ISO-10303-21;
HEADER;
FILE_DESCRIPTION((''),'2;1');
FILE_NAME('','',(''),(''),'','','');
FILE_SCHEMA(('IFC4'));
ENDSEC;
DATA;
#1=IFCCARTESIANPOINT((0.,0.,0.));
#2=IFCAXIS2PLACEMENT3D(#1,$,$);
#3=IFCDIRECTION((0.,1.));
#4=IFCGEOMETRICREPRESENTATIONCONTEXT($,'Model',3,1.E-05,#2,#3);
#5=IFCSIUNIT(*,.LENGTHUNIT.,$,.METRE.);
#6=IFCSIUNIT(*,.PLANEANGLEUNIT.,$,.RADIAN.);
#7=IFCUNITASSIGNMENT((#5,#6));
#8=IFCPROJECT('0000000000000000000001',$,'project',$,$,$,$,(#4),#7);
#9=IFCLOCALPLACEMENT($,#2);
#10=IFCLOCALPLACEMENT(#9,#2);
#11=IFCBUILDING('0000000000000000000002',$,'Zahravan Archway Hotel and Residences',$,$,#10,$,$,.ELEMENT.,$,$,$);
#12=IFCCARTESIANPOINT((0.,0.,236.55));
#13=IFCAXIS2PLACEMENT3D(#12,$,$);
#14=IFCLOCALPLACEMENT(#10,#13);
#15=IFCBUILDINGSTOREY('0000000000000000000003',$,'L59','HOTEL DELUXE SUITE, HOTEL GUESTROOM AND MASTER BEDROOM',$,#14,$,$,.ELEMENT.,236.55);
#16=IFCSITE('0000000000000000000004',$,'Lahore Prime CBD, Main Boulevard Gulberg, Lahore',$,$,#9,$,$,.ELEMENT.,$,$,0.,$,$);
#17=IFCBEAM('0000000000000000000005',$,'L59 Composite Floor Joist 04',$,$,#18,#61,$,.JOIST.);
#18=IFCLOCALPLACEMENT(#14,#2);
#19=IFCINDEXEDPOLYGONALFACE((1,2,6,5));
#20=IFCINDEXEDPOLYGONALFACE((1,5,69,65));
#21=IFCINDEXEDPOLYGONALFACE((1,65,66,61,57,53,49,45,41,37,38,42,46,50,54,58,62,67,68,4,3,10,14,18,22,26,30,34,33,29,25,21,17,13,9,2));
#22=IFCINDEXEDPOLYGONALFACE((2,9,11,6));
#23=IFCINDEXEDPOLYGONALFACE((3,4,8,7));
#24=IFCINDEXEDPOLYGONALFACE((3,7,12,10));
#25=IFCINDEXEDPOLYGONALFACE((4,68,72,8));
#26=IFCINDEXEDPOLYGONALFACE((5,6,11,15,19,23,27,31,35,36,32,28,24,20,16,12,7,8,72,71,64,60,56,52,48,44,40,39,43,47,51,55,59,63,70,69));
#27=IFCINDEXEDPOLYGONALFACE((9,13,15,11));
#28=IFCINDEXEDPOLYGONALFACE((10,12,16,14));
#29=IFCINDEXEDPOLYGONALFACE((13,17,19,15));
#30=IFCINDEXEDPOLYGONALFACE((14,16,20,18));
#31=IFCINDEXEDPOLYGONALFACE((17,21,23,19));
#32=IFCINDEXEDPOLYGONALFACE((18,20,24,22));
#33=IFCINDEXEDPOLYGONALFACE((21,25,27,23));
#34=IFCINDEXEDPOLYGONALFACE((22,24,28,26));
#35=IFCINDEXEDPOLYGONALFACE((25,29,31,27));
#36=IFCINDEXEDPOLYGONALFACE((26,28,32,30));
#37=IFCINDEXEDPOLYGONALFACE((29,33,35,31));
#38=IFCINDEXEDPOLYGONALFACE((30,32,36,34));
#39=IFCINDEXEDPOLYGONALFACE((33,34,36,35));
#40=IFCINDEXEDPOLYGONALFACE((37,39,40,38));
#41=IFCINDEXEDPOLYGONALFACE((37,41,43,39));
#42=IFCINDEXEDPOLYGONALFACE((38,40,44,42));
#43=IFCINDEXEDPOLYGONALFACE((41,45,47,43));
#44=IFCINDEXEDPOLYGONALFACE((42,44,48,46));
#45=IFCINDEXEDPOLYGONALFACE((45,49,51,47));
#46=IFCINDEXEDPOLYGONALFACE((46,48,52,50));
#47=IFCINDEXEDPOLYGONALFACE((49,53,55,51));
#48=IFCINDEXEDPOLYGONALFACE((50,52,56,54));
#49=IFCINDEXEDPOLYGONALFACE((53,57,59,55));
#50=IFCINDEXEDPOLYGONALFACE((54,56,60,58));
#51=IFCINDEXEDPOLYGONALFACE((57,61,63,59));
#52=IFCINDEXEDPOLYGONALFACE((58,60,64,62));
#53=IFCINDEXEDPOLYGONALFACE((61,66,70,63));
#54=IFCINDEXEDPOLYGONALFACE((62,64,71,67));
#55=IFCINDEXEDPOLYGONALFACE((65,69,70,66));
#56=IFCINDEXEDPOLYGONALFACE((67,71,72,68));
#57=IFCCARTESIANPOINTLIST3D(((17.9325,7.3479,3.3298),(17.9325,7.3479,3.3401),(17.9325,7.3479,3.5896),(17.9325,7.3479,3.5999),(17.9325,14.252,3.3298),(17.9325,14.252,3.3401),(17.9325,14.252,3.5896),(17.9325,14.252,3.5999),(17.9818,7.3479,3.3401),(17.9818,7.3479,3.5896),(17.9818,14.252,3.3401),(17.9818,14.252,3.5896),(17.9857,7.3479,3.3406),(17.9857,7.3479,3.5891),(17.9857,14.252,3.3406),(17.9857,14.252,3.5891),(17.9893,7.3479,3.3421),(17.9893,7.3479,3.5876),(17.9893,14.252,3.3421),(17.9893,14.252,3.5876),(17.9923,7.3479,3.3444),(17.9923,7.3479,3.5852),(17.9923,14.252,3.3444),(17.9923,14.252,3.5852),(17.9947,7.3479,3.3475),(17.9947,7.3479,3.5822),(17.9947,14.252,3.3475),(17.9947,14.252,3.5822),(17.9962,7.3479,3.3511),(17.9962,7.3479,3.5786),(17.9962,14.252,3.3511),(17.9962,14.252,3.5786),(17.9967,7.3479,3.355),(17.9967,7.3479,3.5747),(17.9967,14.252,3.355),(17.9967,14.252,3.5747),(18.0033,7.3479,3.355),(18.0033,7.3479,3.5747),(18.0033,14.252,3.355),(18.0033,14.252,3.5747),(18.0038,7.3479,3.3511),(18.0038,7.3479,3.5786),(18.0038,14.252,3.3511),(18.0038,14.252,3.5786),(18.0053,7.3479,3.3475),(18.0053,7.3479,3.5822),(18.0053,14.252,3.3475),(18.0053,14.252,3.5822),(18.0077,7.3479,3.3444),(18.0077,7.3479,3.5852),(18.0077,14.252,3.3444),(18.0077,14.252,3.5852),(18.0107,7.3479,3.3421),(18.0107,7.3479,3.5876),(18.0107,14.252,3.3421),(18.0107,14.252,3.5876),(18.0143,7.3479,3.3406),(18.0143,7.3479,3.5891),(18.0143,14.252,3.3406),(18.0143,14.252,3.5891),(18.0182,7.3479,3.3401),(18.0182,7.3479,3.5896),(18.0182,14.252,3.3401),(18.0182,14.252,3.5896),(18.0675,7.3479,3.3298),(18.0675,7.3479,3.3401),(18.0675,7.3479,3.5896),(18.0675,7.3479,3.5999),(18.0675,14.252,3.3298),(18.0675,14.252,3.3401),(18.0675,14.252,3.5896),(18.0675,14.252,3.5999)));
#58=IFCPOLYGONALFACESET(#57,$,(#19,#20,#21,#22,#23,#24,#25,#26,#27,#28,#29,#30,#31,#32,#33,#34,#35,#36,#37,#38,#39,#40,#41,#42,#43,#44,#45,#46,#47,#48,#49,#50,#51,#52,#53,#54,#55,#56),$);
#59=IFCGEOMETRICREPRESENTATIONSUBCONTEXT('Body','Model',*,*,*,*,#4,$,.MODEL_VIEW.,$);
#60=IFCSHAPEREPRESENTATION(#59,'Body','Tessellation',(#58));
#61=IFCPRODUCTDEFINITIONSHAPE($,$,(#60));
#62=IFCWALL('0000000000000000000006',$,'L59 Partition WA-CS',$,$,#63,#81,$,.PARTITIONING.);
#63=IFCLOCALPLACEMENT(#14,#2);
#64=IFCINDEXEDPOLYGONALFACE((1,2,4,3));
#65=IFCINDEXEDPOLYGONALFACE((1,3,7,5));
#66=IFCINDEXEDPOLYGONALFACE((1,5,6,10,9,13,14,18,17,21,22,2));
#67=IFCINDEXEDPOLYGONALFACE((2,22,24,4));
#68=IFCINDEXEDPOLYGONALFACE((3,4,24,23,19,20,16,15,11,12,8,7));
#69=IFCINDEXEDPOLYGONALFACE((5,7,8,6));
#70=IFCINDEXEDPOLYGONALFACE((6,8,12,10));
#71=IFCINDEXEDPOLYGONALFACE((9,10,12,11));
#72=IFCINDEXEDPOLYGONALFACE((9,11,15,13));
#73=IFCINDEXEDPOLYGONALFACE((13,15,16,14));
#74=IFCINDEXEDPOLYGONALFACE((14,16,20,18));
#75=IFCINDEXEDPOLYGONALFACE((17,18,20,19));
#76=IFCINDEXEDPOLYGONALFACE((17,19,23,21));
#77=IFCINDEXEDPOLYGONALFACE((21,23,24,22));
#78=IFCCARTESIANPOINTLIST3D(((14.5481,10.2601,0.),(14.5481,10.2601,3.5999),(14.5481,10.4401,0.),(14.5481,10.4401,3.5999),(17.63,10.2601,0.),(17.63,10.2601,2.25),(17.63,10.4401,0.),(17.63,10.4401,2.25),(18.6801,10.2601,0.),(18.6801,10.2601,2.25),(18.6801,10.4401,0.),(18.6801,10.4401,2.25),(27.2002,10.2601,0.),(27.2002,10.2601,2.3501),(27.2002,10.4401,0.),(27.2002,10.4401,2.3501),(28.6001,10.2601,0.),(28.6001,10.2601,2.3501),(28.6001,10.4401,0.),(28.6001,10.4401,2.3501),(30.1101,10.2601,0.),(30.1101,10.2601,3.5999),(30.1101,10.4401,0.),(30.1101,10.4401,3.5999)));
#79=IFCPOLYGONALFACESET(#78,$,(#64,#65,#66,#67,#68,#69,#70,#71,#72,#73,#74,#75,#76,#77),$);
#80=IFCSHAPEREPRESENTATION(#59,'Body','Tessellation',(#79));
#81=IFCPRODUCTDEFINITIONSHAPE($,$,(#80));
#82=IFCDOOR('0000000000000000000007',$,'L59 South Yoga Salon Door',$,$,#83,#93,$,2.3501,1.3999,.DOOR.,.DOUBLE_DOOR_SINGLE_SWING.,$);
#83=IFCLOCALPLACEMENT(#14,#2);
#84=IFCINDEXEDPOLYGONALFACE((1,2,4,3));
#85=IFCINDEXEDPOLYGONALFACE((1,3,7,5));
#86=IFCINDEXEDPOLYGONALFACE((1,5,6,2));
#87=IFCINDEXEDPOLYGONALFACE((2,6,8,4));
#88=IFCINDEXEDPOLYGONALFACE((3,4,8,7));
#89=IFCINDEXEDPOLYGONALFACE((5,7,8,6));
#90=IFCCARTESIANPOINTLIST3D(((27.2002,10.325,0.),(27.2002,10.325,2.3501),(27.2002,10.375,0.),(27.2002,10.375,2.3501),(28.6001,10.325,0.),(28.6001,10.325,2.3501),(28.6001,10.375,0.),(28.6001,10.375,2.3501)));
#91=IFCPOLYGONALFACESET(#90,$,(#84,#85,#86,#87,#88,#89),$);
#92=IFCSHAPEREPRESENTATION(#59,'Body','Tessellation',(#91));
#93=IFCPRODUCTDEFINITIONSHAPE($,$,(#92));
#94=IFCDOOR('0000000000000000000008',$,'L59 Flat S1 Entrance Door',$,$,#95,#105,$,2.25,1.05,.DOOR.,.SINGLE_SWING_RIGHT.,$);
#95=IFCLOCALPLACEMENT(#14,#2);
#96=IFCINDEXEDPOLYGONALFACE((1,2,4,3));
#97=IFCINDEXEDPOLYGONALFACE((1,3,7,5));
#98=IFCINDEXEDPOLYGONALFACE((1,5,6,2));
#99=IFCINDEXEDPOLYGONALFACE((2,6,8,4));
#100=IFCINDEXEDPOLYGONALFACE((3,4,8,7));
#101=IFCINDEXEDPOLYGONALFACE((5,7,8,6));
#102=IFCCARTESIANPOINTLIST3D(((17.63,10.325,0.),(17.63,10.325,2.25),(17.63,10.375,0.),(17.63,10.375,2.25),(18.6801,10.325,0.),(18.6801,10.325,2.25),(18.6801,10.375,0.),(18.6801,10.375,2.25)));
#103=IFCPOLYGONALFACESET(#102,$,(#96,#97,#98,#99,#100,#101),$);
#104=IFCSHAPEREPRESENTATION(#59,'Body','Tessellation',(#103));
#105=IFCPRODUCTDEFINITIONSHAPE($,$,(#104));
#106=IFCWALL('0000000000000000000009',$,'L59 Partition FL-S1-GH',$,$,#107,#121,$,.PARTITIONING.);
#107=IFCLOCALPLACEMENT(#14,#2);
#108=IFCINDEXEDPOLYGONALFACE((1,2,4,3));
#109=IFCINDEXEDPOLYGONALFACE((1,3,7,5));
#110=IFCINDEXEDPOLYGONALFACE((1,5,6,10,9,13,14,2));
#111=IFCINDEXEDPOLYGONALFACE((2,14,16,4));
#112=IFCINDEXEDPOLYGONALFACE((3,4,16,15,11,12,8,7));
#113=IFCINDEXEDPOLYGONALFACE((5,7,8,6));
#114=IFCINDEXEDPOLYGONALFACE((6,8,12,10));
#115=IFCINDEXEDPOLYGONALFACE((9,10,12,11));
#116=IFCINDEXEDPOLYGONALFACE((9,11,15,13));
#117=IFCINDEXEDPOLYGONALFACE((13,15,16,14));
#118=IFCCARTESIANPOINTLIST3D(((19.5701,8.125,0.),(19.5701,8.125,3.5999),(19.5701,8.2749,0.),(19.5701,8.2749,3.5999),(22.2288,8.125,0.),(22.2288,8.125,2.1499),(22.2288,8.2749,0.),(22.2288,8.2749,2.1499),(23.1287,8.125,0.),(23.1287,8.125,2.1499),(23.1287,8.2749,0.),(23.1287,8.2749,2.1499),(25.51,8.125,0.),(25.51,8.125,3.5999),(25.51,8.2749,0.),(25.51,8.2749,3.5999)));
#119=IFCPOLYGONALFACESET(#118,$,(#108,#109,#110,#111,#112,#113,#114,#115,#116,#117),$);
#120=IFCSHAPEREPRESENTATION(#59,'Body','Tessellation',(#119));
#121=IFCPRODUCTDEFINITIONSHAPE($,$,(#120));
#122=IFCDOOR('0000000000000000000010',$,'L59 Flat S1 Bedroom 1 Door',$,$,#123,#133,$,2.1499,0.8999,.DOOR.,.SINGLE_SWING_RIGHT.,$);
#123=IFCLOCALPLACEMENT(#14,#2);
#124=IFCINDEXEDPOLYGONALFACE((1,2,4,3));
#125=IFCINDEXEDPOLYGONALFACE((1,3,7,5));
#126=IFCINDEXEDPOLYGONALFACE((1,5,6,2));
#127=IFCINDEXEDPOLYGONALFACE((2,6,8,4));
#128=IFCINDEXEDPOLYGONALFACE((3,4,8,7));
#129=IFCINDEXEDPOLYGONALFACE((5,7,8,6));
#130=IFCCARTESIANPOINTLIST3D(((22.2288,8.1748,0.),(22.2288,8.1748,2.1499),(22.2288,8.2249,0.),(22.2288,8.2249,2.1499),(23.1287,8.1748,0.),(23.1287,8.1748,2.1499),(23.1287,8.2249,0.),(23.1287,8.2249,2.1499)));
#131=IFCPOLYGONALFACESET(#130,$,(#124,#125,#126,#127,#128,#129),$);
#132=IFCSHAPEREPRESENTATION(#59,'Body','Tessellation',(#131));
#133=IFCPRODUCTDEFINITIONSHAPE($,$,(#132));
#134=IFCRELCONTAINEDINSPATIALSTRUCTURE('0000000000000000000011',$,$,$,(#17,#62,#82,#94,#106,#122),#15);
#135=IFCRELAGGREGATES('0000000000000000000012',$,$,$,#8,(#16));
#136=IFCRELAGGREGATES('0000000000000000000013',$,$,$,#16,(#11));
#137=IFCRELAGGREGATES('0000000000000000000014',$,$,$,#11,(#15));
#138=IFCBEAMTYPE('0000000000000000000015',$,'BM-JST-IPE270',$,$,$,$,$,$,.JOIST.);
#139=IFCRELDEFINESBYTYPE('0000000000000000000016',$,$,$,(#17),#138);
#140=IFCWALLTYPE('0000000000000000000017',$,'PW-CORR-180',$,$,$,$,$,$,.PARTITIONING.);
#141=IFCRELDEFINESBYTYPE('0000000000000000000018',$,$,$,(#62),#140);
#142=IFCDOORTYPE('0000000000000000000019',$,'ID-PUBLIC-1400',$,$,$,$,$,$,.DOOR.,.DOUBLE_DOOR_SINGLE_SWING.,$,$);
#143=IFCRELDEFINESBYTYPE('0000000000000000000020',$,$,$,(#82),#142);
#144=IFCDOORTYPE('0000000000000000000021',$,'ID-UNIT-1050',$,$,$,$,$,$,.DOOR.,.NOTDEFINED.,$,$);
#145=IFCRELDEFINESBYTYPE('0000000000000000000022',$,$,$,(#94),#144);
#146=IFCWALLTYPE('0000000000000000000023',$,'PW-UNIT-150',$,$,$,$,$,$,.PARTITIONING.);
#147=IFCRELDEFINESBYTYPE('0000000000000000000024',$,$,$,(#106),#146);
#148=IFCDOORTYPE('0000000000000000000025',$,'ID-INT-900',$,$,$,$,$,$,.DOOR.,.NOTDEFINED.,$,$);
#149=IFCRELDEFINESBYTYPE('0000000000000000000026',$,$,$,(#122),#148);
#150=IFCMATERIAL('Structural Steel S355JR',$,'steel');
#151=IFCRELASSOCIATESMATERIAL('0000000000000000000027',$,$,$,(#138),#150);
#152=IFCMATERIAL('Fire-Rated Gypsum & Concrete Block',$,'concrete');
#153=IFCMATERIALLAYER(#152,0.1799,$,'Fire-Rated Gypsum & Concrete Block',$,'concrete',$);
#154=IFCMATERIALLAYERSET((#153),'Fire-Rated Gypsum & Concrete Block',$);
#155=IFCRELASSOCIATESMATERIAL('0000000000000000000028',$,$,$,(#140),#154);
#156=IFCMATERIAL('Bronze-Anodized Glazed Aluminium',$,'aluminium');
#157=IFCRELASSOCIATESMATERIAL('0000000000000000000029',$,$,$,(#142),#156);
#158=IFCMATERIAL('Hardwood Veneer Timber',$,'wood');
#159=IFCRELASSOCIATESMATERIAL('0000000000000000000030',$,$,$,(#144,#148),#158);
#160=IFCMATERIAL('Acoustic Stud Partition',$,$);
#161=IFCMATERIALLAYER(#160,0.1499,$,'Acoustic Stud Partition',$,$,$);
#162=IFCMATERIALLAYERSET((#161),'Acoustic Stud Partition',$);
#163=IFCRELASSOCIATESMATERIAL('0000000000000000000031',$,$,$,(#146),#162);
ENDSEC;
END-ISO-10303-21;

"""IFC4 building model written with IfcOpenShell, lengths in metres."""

from ifc_helpers import new_model, si_unit, direction, frame, frame_2d, origin, origin_2d, place, context, subcontext, project, spatial, rectangle, i_section, extrude, source, transform, mapped, material, layer, layer_set, material_profile, profile_set, type_object, type_shapes, element, fill, save


model = new_model("IFC4")

# Units and contexts
model_context = context("Model", 3, precision=1e-05, world=origin(), true_north=direction((0.0, 1.0)))
body_context = subcontext(model_context, "Body", "Model", "MODEL_VIEW")
ifc_project = project(units=[si_unit("LENGTHUNIT", "METRE"), si_unit("PLANEANGLEUNIT", "RADIAN")], contexts=[model_context])

# Site, building, storey
site_placement = place(None, origin())
site = spatial("IfcSite", under=ifc_project, at=site_placement, Name="Lahore Prime CBD, Main Boulevard Gulberg, Lahore", CompositionType="ELEMENT", RefElevation=0.0)
building_placement = place(site_placement, origin())
building = spatial("IfcBuilding", under=site, at=building_placement, Name="Zahravan Archway Hotel and Residences", CompositionType="ELEMENT")
storey_placement = place(building_placement, frame((0.0, 0.0, 236.55)))
storey = spatial("IfcBuildingStorey", under=building, at=storey_placement, Name="L59", Description="HOTEL DELUXE SUITE, HOTEL GUESTROOM AND MASTER BEDROOM", CompositionType="ELEMENT", Elevation=236.55)

# Beam
ifc_material_1 = material(Name="Structural Steel S355JR", Category="steel")
ifc_material_profile_1 = material_profile(ifc_material_1, i_section(OverallWidth=0.135, OverallDepth=0.27, WebThickness=0.0066, FlangeThickness=0.0103, FilletRadius=0.0149, at=origin_2d()), Name="IPE 270", Category="steel")
ifc_profile_set_1 = profile_set([ifc_material_profile_1], Name="Structural Steel S355JR")
beam_type_1 = type_object("IfcBeamType", Name="BM-JST-IPE270", PredefinedType="JOIST", material=ifc_profile_set_1)
shared_shape_1 = source(origin(), body_context, "Body", "SweptSolid", [
    extrude(i_section(OverallWidth=0.135, OverallDepth=0.27, WebThickness=0.0066, FlangeThickness=0.0103, FilletRadius=0.0149, at=origin_2d()), origin(), (0.0, 0.0, 1.0), 6.9041),
])
type_shapes(beam_type_1, [shared_shape_1])
beam_1_placement = place(storey_placement, frame((18.0, 7.3479, 3.4648), z_axis=(0.0, 1.0, 0.0), x_axis=(-1.0, 0.0, 0.0)))
element("IfcBeam", 1, at=beam_1_placement, inside=storey, type_object=beam_type_1, Name="L59 Composite Floor Joist 04", PredefinedType="JOIST", context=body_context, shape_type="MappedRepresentation", body=[
    mapped(shared_shape_1, transform((0.0, 0.0, 0.0), scale=1.0)),
])

# Wall, openings, doors
ifc_material_2 = material(Name="Fire-Rated Gypsum & Concrete Block", Category="concrete")
ifc_layer_1 = layer(ifc_material_2, 0.1799, Name="Fire-Rated Gypsum & Concrete Block", Category="concrete")
ifc_layer_set_1 = layer_set([ifc_layer_1], Name="Fire-Rated Gypsum & Concrete Block")
wall_type_1 = type_object("IfcWallType", Name="PW-CORR-180", PredefinedType="PARTITIONING", material=ifc_layer_set_1)
wall_1_placement = place(storey_placement, frame((14.5481, 10.3501, 0.0), z_axis=(0.0, 0.0, 1.0), x_axis=(1.0, 0.0, 0.0)))
wall_1 = element("IfcWall", 2, at=wall_1_placement, inside=storey, type_object=wall_type_1, Name="L59 Partition WA-CS", PredefinedType="PARTITIONING", context=body_context, shape_type="SweptSolid", body=[
    extrude(rectangle(XDim=15.562, YDim=0.1799, at=frame_2d((7.781, 0.0))), origin(), (0.0, 0.0, 1.0), 3.5999),
])
opening_1_placement = place(wall_1_placement, frame((3.082, 0.0, 0.0)))
opening_1 = element("IfcOpeningElement", 3, at=opening_1_placement, cuts=wall_1, PredefinedType="OPENING", context=body_context, shape_type="SweptSolid", body=[
    extrude(rectangle(XDim=1.05, YDim=2.25, at=frame_2d((0.5249, 1.125))), frame((0.0, 0.1001, 0.0), z_axis=(0.0, -1.0, 0.0), x_axis=(1.0, 0.0, 0.0)), (0.0, 0.0, 1.0), 0.2),
])
opening_2_placement = place(wall_1_placement, frame((12.6521, 0.0, 0.0)))
opening_2 = element("IfcOpeningElement", 4, at=opening_2_placement, cuts=wall_1, PredefinedType="OPENING", context=body_context, shape_type="SweptSolid", body=[
    extrude(rectangle(XDim=1.3999, YDim=2.3501, at=frame_2d((0.7, 1.175))), frame((0.0, 0.1001, 0.0), z_axis=(0.0, -1.0, 0.0), x_axis=(1.0, 0.0, 0.0)), (0.0, 0.0, 1.0), 0.2),
])
ifc_material_3 = material(Name="Bronze-Anodized Glazed Aluminium", Category="aluminium")
door_type_1 = type_object("IfcDoorType", Name="ID-PUBLIC-1400", OperationType="DOUBLE_DOOR_SINGLE_SWING", PredefinedType="DOOR", material=ifc_material_3)
shared_shape_2 = source(origin(), body_context, "Body", "SweptSolid", [
    extrude(rectangle(XDim=1.3999, YDim=2.3501, at=frame_2d((0.7, 1.175))), frame((0.0, 0.0249, 0.0), z_axis=(0.0, -1.0, 0.0), x_axis=(1.0, 0.0, 0.0)), (0.0, 0.0, 1.0), 0.05),
])
type_shapes(door_type_1, [shared_shape_2])
door_1_placement = place(opening_2_placement, origin())
door_1 = element("IfcDoor", 5, at=door_1_placement, inside=storey, type_object=door_type_1, Name="L59 South Yoga Salon Door", OperationType="DOUBLE_DOOR_SINGLE_SWING", OverallHeight=2.3501, OverallWidth=1.3999, PredefinedType="DOOR", context=body_context, shape_type="MappedRepresentation", body=[
    mapped(shared_shape_2, transform((0.0, 0.0, 0.0), scale=1.0)),
])
fill(opening_2, door_1)
ifc_material_4 = material(Name="Hardwood Veneer Timber", Category="wood")
door_type_2 = type_object("IfcDoorType", Name="ID-UNIT-1050", OperationType="NOTDEFINED", PredefinedType="DOOR", material=ifc_material_4)
shared_shape_3 = source(origin(), body_context, "Body", "SweptSolid", [
    extrude(rectangle(XDim=1.05, YDim=2.25, at=frame_2d((0.5249, 1.125))), frame((0.0, 0.0249, 0.0), z_axis=(0.0, -1.0, 0.0), x_axis=(1.0, 0.0, 0.0)), (0.0, 0.0, 1.0), 0.05),
])
type_shapes(door_type_2, [shared_shape_3])
door_2_placement = place(opening_1_placement, origin())
door_2 = element("IfcDoor", 6, at=door_2_placement, inside=storey, type_object=door_type_2, Name="L59 Flat S1 Entrance Door", OperationType="SINGLE_SWING_RIGHT", OverallHeight=2.25, OverallWidth=1.05, PredefinedType="DOOR", context=body_context, shape_type="MappedRepresentation", body=[
    mapped(shared_shape_3, transform((0.0, 0.0, 0.0), scale=1.0)),
])
fill(opening_1, door_2)

# Wall, opening, door
ifc_material_5 = material(Name="Acoustic Stud Partition")
ifc_layer_2 = layer(ifc_material_5, 0.1499, Name="Acoustic Stud Partition")
ifc_layer_set_2 = layer_set([ifc_layer_2], Name="Acoustic Stud Partition")
wall_type_2 = type_object("IfcWallType", Name="PW-UNIT-150", PredefinedType="PARTITIONING", material=ifc_layer_set_2)
wall_2_placement = place(storey_placement, frame((19.5701, 8.2, 0.0), z_axis=(0.0, 0.0, 1.0), x_axis=(1.0, 0.0, 0.0)))
wall_2 = element("IfcWall", 7, at=wall_2_placement, inside=storey, type_object=wall_type_2, Name="L59 Partition FL-S1-GH", PredefinedType="PARTITIONING", context=body_context, shape_type="SweptSolid", body=[
    extrude(rectangle(XDim=5.9399, YDim=0.1499, at=frame_2d((2.97, 0.0))), origin(), (0.0, 0.0, 1.0), 3.5999),
])
opening_3_placement = place(wall_2_placement, frame((2.6587, 0.0, 0.0)))
opening_3 = element("IfcOpeningElement", 8, at=opening_3_placement, cuts=wall_2, PredefinedType="OPENING", context=body_context, shape_type="SweptSolid", body=[
    extrude(rectangle(XDim=0.8999, YDim=2.1499, at=frame_2d((0.45, 1.075))), frame((0.0, 0.085, 0.0), z_axis=(0.0, -1.0, 0.0), x_axis=(1.0, 0.0, 0.0)), (0.0, 0.0, 1.0), 0.1699),
])
door_type_3 = type_object("IfcDoorType", Name="ID-INT-900", OperationType="NOTDEFINED", PredefinedType="DOOR", material=ifc_material_4)
shared_shape_4 = source(origin(), body_context, "Body", "SweptSolid", [
    extrude(rectangle(XDim=0.8999, YDim=2.1499, at=frame_2d((0.45, 1.075))), frame((0.0, 0.0249, 0.0), z_axis=(0.0, -1.0, 0.0), x_axis=(1.0, 0.0, 0.0)), (0.0, 0.0, 1.0), 0.05),
])
type_shapes(door_type_3, [shared_shape_4])
door_3_placement = place(opening_3_placement, origin())
door_3 = element("IfcDoor", 9, at=door_3_placement, inside=storey, type_object=door_type_3, Name="L59 Flat S1 Bedroom 1 Door", OperationType="SINGLE_SWING_RIGHT", OverallHeight=2.1499, OverallWidth=0.8999, PredefinedType="DOOR", context=body_context, shape_type="MappedRepresentation", body=[
    mapped(shared_shape_4, transform((0.0, 0.0, 0.0), scale=1.0)),
])
fill(opening_3, door_3)

save(model, "model.ifc")
